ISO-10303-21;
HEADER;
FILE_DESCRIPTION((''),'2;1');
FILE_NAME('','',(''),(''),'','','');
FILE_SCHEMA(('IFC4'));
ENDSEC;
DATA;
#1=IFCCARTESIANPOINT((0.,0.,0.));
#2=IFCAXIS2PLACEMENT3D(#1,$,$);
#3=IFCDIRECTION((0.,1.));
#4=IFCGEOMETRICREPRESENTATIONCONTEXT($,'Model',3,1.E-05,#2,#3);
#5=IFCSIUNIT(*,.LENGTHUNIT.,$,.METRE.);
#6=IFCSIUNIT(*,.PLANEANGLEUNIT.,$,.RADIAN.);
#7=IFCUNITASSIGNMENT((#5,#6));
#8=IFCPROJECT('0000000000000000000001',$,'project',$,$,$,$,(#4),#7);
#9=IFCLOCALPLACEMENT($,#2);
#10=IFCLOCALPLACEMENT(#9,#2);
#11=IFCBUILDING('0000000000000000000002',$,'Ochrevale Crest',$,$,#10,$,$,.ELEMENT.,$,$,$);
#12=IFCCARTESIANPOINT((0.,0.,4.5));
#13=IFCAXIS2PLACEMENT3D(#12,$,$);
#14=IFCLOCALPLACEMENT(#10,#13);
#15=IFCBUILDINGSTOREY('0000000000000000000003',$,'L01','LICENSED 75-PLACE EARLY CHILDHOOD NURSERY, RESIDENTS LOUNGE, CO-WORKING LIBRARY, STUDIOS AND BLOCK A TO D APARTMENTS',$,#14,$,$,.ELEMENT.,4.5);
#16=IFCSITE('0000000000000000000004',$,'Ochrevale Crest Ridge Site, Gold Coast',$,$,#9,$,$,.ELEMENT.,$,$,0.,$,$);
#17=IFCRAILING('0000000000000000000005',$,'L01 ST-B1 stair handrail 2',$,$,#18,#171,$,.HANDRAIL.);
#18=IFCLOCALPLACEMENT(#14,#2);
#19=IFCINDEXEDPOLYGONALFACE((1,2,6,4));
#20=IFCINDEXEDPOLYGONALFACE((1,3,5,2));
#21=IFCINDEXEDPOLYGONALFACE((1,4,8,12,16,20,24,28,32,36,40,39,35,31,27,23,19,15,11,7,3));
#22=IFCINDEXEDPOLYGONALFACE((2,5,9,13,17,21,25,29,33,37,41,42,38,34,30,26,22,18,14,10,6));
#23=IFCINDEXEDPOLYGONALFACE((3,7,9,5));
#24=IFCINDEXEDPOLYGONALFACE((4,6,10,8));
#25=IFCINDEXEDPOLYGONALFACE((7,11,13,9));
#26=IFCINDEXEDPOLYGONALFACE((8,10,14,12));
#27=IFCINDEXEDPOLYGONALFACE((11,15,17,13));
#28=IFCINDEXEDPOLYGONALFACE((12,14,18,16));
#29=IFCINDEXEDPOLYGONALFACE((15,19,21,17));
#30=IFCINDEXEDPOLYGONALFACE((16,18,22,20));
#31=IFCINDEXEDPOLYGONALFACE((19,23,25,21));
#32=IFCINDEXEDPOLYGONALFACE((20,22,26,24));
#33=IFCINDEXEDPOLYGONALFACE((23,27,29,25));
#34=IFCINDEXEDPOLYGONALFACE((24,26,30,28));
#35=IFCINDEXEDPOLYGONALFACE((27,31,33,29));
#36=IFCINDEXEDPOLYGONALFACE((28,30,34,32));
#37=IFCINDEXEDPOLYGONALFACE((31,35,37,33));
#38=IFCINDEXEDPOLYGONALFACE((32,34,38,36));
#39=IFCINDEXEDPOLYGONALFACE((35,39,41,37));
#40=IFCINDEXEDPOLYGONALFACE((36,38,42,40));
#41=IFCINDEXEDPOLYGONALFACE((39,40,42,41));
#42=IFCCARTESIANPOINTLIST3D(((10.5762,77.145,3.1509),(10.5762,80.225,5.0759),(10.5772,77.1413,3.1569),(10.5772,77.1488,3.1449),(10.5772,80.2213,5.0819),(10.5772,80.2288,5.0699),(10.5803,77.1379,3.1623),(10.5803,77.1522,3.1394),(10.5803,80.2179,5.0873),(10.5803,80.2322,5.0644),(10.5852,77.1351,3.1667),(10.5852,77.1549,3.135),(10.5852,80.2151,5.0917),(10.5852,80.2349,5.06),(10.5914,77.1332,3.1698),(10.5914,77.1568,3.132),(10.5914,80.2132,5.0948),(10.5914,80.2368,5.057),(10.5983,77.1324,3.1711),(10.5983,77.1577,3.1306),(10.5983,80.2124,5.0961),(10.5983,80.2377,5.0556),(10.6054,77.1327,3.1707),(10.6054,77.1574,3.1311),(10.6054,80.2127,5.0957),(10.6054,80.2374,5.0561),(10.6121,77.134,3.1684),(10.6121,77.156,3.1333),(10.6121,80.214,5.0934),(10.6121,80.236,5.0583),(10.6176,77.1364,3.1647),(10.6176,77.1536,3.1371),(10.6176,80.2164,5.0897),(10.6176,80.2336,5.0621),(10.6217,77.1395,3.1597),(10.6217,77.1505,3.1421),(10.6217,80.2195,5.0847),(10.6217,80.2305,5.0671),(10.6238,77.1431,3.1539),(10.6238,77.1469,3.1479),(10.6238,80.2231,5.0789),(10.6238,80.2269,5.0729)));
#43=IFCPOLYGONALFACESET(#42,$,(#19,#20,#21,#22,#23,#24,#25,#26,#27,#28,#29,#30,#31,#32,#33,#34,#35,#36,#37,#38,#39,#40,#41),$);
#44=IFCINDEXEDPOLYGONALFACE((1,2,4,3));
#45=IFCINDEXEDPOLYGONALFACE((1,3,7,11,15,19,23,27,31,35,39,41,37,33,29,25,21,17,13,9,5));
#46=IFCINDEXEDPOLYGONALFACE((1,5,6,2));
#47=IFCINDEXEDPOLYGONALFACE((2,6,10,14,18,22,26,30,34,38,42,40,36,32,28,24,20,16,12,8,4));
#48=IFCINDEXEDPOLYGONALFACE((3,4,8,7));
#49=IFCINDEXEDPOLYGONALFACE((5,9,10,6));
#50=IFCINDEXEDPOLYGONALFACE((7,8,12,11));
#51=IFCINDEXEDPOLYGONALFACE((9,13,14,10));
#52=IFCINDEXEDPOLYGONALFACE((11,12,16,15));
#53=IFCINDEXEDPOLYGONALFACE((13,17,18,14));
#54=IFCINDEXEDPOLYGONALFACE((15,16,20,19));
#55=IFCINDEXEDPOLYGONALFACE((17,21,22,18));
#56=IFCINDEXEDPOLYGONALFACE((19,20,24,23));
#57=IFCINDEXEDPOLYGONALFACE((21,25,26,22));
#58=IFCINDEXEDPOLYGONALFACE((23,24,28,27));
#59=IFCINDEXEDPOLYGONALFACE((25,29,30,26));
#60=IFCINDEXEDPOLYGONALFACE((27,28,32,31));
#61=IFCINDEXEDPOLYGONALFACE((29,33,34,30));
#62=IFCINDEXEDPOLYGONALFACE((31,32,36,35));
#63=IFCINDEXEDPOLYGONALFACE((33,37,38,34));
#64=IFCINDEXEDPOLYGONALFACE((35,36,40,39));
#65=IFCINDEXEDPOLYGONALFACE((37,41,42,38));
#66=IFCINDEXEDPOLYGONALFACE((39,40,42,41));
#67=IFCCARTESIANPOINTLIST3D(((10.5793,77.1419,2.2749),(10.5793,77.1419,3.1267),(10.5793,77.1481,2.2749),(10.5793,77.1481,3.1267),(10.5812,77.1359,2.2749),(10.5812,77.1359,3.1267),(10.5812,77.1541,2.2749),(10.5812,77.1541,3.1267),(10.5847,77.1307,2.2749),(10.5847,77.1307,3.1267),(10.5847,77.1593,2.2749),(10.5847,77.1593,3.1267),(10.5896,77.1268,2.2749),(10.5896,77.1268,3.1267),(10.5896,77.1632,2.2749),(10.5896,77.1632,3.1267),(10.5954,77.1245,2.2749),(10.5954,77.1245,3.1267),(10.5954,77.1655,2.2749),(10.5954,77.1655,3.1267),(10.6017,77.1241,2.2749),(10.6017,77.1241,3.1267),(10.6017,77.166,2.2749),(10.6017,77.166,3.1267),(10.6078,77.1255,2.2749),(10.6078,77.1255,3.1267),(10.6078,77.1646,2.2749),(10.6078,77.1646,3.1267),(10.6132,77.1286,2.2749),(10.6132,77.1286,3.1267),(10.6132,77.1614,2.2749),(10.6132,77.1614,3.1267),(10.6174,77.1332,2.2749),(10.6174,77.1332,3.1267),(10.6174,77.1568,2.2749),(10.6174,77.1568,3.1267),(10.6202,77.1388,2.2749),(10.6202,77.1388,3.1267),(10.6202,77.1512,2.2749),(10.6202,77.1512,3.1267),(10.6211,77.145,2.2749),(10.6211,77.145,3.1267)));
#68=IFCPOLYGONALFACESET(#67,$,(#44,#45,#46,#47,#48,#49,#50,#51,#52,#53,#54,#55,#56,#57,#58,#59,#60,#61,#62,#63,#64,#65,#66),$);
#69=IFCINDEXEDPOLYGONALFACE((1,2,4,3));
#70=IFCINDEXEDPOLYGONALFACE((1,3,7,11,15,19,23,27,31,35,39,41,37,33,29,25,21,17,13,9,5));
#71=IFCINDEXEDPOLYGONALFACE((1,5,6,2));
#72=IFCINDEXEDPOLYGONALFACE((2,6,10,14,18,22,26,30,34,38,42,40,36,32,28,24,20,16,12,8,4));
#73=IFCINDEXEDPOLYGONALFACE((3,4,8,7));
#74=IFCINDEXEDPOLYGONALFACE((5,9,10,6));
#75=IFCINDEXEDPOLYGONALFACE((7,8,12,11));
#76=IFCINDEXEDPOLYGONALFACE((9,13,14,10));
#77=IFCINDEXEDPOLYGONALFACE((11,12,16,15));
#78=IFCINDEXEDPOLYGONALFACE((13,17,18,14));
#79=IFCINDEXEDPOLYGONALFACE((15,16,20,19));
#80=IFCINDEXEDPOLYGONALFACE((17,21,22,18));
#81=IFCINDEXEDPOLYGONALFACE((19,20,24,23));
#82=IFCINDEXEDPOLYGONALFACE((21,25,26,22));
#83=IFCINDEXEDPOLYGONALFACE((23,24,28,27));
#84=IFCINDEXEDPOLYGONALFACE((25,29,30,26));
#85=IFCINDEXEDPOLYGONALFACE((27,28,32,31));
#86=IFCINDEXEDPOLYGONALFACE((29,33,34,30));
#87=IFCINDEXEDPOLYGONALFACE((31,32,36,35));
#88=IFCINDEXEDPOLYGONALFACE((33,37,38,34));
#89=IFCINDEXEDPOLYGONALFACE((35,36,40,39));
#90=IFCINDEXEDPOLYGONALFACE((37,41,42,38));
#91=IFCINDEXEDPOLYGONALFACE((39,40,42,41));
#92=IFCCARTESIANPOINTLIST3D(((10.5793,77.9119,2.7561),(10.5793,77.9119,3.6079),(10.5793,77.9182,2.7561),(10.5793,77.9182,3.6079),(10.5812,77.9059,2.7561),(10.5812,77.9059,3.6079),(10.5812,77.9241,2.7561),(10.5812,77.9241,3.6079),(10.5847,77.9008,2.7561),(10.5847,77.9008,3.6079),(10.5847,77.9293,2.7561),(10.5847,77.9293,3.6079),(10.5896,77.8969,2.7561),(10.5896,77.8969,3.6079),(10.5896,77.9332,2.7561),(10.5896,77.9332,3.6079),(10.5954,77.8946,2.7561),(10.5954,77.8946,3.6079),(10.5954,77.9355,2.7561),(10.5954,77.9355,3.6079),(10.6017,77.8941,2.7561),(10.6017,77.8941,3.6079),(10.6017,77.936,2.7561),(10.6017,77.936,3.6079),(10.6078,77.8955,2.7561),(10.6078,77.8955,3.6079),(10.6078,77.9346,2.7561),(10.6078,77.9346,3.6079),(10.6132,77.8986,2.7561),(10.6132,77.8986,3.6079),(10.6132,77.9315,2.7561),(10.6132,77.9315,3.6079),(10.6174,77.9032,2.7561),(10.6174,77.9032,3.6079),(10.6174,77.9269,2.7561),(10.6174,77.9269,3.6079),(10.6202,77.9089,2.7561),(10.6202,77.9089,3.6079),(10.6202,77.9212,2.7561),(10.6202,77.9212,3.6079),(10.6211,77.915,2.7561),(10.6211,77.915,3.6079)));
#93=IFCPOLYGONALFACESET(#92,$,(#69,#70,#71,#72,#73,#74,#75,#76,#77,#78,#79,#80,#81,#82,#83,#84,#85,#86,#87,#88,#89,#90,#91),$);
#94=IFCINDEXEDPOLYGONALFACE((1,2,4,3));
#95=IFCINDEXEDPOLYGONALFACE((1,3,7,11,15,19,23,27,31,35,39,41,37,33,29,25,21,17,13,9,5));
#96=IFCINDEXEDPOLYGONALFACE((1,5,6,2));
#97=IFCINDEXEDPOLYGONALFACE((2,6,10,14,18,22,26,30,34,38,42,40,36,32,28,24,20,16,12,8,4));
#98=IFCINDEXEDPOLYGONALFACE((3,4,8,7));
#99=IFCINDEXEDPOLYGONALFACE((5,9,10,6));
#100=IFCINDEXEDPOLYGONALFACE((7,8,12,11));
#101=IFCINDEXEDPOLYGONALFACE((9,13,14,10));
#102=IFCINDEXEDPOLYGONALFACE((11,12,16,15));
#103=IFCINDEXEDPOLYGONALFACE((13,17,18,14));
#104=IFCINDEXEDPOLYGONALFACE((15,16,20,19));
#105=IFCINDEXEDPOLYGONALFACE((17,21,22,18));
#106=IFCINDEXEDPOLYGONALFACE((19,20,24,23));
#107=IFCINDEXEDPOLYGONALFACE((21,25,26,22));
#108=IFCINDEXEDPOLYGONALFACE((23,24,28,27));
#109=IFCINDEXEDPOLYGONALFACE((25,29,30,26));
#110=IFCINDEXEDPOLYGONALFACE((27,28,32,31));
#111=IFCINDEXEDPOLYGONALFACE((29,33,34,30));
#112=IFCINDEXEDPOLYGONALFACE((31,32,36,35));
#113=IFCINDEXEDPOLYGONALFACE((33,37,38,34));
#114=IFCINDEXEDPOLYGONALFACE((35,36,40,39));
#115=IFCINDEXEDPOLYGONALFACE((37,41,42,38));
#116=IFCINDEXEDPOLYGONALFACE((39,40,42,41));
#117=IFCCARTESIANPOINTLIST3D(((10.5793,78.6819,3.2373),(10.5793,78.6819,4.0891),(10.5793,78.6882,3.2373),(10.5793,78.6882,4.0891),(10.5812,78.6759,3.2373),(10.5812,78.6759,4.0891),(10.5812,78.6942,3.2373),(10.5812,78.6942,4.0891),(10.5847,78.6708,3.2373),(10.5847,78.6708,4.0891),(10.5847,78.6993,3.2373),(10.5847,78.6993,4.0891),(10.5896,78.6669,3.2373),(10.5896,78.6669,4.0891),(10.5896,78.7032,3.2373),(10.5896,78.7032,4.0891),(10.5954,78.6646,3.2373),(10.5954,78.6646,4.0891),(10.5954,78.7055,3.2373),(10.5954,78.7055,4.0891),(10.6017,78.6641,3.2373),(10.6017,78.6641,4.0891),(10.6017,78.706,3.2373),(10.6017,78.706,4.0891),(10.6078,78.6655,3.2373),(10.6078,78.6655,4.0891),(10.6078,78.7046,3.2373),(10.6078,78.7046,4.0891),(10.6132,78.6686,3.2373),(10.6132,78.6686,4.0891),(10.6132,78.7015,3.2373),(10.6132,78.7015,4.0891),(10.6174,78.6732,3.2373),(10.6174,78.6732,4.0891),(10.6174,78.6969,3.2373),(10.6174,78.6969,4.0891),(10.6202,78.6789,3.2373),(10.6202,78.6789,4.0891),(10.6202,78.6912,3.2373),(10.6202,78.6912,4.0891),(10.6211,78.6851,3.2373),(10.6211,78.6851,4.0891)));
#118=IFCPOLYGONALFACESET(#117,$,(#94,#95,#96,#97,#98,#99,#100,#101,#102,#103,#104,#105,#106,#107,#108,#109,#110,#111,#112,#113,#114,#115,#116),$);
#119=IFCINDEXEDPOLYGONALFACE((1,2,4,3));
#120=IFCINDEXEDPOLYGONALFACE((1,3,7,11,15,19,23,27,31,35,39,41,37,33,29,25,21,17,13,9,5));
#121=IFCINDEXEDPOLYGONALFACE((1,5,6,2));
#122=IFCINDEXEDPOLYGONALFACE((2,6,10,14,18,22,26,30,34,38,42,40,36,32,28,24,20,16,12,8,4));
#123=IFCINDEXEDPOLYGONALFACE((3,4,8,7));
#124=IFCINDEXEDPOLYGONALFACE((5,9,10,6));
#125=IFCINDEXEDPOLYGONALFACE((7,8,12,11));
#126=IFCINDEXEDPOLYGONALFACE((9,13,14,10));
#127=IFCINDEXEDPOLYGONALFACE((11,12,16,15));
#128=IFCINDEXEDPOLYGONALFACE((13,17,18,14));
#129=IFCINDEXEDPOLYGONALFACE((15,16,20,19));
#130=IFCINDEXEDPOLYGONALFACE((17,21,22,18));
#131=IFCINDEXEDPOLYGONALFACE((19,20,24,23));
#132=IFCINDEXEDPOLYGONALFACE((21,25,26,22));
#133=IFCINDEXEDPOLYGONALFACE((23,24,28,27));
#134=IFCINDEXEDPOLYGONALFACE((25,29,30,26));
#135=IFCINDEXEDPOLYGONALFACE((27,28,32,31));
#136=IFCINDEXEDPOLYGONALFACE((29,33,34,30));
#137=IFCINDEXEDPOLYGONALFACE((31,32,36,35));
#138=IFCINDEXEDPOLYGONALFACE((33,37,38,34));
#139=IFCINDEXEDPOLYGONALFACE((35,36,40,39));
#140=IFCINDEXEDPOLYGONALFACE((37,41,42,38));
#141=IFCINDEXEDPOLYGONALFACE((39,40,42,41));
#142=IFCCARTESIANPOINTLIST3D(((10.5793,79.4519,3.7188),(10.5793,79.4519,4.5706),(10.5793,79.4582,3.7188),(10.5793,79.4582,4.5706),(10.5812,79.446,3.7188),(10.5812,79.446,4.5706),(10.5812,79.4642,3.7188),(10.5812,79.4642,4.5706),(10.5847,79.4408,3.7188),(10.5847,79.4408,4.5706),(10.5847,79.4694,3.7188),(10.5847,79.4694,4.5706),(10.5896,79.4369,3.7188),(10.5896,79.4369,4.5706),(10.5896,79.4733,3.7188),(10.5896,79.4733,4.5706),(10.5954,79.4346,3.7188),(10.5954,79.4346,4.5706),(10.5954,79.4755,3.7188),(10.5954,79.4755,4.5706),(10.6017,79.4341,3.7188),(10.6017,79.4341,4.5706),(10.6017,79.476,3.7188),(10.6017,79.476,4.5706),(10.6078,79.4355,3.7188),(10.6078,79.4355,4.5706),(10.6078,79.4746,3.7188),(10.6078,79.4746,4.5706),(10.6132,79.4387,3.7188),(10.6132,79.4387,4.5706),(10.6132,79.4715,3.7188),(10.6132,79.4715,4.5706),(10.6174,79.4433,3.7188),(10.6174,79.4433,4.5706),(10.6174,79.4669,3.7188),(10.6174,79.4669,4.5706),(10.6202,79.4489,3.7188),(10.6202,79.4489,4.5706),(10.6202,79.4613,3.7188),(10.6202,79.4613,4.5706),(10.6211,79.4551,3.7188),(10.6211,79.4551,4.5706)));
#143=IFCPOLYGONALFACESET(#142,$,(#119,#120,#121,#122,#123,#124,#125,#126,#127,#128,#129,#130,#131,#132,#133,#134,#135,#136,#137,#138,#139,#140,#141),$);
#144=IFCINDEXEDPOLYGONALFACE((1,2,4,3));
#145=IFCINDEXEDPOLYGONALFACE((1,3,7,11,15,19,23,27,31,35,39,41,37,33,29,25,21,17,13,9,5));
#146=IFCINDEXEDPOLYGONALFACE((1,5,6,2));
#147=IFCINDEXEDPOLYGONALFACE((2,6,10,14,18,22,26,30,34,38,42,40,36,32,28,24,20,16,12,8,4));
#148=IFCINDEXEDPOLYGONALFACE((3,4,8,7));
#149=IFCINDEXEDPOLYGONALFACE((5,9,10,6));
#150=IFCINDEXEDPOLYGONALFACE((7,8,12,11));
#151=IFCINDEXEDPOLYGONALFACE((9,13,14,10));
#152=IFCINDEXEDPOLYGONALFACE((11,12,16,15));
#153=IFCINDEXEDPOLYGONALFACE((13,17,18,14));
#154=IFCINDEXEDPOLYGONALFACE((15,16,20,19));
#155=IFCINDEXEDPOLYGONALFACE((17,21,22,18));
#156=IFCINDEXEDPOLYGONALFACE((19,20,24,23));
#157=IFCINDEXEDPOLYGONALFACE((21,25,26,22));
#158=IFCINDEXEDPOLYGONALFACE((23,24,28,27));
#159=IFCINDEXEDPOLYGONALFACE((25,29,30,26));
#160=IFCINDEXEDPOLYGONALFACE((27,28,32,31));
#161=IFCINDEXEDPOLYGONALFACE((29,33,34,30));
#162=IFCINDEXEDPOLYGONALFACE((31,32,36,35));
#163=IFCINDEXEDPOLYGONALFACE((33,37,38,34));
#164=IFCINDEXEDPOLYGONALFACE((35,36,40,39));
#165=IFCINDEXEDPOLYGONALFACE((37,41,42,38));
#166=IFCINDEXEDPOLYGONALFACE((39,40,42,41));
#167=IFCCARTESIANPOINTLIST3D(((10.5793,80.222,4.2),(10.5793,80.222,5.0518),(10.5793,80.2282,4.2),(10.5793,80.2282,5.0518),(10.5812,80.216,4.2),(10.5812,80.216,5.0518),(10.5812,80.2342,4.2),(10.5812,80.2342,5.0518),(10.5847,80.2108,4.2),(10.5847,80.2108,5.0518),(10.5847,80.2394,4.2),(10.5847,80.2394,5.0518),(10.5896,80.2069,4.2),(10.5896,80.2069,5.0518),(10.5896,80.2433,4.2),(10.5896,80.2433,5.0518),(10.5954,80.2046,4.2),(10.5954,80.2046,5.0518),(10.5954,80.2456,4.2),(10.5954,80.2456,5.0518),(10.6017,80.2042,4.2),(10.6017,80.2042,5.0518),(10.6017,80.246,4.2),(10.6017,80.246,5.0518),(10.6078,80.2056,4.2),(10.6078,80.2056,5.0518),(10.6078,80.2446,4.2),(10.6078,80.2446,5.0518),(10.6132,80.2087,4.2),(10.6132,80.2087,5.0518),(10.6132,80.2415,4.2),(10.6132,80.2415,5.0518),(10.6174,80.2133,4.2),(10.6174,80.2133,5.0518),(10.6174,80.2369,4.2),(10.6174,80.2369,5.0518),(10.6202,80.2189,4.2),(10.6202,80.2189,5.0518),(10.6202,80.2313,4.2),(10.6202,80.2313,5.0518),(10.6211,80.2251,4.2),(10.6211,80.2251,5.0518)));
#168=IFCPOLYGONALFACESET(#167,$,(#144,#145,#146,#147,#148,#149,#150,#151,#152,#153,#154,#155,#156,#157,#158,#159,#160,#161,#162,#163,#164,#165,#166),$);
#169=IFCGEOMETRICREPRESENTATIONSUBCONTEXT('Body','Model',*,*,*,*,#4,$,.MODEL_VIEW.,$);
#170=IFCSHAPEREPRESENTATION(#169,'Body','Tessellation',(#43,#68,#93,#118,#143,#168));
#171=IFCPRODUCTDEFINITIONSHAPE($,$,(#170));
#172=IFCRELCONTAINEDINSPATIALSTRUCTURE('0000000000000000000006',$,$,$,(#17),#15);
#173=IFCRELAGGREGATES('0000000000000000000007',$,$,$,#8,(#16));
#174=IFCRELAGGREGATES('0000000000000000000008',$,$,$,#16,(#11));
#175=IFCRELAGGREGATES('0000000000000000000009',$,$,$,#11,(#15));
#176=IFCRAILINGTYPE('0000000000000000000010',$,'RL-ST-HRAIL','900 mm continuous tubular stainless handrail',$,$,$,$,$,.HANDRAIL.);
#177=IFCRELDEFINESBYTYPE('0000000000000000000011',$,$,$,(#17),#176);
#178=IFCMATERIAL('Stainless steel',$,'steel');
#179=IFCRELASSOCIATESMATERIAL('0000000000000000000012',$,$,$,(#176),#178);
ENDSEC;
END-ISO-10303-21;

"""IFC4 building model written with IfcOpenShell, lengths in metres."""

from ifc_helpers import new_model, si_unit, direction, frame, origin, origin_2d, place, context, subcontext, project, spatial, circle, extrude, material, type_object, element, save


model = new_model("IFC4")

# Units and contexts
model_context = context("Model", 3, precision=1e-05, world=origin(), true_north=direction((0.0, 1.0)))
body_context = subcontext(model_context, "Body", "Model", "MODEL_VIEW")
ifc_project = project(units=[si_unit("LENGTHUNIT", "METRE"), si_unit("PLANEANGLEUNIT", "RADIAN")], contexts=[model_context])

# Site, building, storey
site_placement = place(None, origin())
site = spatial("IfcSite", under=ifc_project, at=site_placement, Name="Ochrevale Crest Ridge Site, Gold Coast", CompositionType="ELEMENT", RefElevation=0.0)
building_placement = place(site_placement, origin())
building = spatial("IfcBuilding", under=site, at=building_placement, Name="Ochrevale Crest", CompositionType="ELEMENT")
storey_placement = place(building_placement, frame((0.0, 0.0, 4.5)))
storey = spatial("IfcBuildingStorey", under=building, at=storey_placement, Name="L01", Description="LICENSED 75-PLACE EARLY CHILDHOOD NURSERY, RESIDENTS LOUNGE, CO-WORKING LIBRARY, STUDIOS AND BLOCK A TO D APARTMENTS", CompositionType="ELEMENT", Elevation=4.5)

# Railing
ifc_material_1 = material(Name="Stainless steel", Category="steel")
railing_type_1 = type_object("IfcRailingType", Name="RL-ST-HRAIL", Description="900 mm continuous tubular stainless handrail", PredefinedType="HANDRAIL", material=ifc_material_1)
railing_1_placement = place(storey_placement, frame((10.6001, 77.145, 2.2749)))
element("IfcRailing", 1, at=railing_1_placement, inside=storey, type_object=railing_type_1, Name="L01 ST-B1 stair handrail 2", PredefinedType="HANDRAIL", context=body_context, shape_type="SweptSolid", body=[
    extrude(circle(Radius=0.0239, at=origin_2d()), frame((0.0, 0.0, 0.876), z_axis=(0.0, 0.847998, 0.529999), x_axis=(-1.0, 0.0, 0.0)), (0.0, 0.0, 1.0), 3.6321),
    extrude(circle(Radius=0.021, at=origin_2d()), origin(), (0.0, 0.0, 1.0), 0.8518),
    extrude(circle(Radius=0.021, at=origin_2d()), frame((0.0, 0.77, 0.4812)), (0.0, 0.0, 1.0), 0.8518),
    extrude(circle(Radius=0.021, at=origin_2d()), frame((0.0, 1.54, 0.9624)), (0.0, 0.0, 1.0), 0.8518),
    extrude(circle(Radius=0.021, at=origin_2d()), frame((0.0, 2.3101, 1.4438)), (0.0, 0.0, 1.0), 0.8518),
    extrude(circle(Radius=0.021, at=origin_2d()), frame((0.0, 3.0801, 1.925)), (0.0, 0.0, 1.0), 0.8518),
])

save(model, "model.ifc")
